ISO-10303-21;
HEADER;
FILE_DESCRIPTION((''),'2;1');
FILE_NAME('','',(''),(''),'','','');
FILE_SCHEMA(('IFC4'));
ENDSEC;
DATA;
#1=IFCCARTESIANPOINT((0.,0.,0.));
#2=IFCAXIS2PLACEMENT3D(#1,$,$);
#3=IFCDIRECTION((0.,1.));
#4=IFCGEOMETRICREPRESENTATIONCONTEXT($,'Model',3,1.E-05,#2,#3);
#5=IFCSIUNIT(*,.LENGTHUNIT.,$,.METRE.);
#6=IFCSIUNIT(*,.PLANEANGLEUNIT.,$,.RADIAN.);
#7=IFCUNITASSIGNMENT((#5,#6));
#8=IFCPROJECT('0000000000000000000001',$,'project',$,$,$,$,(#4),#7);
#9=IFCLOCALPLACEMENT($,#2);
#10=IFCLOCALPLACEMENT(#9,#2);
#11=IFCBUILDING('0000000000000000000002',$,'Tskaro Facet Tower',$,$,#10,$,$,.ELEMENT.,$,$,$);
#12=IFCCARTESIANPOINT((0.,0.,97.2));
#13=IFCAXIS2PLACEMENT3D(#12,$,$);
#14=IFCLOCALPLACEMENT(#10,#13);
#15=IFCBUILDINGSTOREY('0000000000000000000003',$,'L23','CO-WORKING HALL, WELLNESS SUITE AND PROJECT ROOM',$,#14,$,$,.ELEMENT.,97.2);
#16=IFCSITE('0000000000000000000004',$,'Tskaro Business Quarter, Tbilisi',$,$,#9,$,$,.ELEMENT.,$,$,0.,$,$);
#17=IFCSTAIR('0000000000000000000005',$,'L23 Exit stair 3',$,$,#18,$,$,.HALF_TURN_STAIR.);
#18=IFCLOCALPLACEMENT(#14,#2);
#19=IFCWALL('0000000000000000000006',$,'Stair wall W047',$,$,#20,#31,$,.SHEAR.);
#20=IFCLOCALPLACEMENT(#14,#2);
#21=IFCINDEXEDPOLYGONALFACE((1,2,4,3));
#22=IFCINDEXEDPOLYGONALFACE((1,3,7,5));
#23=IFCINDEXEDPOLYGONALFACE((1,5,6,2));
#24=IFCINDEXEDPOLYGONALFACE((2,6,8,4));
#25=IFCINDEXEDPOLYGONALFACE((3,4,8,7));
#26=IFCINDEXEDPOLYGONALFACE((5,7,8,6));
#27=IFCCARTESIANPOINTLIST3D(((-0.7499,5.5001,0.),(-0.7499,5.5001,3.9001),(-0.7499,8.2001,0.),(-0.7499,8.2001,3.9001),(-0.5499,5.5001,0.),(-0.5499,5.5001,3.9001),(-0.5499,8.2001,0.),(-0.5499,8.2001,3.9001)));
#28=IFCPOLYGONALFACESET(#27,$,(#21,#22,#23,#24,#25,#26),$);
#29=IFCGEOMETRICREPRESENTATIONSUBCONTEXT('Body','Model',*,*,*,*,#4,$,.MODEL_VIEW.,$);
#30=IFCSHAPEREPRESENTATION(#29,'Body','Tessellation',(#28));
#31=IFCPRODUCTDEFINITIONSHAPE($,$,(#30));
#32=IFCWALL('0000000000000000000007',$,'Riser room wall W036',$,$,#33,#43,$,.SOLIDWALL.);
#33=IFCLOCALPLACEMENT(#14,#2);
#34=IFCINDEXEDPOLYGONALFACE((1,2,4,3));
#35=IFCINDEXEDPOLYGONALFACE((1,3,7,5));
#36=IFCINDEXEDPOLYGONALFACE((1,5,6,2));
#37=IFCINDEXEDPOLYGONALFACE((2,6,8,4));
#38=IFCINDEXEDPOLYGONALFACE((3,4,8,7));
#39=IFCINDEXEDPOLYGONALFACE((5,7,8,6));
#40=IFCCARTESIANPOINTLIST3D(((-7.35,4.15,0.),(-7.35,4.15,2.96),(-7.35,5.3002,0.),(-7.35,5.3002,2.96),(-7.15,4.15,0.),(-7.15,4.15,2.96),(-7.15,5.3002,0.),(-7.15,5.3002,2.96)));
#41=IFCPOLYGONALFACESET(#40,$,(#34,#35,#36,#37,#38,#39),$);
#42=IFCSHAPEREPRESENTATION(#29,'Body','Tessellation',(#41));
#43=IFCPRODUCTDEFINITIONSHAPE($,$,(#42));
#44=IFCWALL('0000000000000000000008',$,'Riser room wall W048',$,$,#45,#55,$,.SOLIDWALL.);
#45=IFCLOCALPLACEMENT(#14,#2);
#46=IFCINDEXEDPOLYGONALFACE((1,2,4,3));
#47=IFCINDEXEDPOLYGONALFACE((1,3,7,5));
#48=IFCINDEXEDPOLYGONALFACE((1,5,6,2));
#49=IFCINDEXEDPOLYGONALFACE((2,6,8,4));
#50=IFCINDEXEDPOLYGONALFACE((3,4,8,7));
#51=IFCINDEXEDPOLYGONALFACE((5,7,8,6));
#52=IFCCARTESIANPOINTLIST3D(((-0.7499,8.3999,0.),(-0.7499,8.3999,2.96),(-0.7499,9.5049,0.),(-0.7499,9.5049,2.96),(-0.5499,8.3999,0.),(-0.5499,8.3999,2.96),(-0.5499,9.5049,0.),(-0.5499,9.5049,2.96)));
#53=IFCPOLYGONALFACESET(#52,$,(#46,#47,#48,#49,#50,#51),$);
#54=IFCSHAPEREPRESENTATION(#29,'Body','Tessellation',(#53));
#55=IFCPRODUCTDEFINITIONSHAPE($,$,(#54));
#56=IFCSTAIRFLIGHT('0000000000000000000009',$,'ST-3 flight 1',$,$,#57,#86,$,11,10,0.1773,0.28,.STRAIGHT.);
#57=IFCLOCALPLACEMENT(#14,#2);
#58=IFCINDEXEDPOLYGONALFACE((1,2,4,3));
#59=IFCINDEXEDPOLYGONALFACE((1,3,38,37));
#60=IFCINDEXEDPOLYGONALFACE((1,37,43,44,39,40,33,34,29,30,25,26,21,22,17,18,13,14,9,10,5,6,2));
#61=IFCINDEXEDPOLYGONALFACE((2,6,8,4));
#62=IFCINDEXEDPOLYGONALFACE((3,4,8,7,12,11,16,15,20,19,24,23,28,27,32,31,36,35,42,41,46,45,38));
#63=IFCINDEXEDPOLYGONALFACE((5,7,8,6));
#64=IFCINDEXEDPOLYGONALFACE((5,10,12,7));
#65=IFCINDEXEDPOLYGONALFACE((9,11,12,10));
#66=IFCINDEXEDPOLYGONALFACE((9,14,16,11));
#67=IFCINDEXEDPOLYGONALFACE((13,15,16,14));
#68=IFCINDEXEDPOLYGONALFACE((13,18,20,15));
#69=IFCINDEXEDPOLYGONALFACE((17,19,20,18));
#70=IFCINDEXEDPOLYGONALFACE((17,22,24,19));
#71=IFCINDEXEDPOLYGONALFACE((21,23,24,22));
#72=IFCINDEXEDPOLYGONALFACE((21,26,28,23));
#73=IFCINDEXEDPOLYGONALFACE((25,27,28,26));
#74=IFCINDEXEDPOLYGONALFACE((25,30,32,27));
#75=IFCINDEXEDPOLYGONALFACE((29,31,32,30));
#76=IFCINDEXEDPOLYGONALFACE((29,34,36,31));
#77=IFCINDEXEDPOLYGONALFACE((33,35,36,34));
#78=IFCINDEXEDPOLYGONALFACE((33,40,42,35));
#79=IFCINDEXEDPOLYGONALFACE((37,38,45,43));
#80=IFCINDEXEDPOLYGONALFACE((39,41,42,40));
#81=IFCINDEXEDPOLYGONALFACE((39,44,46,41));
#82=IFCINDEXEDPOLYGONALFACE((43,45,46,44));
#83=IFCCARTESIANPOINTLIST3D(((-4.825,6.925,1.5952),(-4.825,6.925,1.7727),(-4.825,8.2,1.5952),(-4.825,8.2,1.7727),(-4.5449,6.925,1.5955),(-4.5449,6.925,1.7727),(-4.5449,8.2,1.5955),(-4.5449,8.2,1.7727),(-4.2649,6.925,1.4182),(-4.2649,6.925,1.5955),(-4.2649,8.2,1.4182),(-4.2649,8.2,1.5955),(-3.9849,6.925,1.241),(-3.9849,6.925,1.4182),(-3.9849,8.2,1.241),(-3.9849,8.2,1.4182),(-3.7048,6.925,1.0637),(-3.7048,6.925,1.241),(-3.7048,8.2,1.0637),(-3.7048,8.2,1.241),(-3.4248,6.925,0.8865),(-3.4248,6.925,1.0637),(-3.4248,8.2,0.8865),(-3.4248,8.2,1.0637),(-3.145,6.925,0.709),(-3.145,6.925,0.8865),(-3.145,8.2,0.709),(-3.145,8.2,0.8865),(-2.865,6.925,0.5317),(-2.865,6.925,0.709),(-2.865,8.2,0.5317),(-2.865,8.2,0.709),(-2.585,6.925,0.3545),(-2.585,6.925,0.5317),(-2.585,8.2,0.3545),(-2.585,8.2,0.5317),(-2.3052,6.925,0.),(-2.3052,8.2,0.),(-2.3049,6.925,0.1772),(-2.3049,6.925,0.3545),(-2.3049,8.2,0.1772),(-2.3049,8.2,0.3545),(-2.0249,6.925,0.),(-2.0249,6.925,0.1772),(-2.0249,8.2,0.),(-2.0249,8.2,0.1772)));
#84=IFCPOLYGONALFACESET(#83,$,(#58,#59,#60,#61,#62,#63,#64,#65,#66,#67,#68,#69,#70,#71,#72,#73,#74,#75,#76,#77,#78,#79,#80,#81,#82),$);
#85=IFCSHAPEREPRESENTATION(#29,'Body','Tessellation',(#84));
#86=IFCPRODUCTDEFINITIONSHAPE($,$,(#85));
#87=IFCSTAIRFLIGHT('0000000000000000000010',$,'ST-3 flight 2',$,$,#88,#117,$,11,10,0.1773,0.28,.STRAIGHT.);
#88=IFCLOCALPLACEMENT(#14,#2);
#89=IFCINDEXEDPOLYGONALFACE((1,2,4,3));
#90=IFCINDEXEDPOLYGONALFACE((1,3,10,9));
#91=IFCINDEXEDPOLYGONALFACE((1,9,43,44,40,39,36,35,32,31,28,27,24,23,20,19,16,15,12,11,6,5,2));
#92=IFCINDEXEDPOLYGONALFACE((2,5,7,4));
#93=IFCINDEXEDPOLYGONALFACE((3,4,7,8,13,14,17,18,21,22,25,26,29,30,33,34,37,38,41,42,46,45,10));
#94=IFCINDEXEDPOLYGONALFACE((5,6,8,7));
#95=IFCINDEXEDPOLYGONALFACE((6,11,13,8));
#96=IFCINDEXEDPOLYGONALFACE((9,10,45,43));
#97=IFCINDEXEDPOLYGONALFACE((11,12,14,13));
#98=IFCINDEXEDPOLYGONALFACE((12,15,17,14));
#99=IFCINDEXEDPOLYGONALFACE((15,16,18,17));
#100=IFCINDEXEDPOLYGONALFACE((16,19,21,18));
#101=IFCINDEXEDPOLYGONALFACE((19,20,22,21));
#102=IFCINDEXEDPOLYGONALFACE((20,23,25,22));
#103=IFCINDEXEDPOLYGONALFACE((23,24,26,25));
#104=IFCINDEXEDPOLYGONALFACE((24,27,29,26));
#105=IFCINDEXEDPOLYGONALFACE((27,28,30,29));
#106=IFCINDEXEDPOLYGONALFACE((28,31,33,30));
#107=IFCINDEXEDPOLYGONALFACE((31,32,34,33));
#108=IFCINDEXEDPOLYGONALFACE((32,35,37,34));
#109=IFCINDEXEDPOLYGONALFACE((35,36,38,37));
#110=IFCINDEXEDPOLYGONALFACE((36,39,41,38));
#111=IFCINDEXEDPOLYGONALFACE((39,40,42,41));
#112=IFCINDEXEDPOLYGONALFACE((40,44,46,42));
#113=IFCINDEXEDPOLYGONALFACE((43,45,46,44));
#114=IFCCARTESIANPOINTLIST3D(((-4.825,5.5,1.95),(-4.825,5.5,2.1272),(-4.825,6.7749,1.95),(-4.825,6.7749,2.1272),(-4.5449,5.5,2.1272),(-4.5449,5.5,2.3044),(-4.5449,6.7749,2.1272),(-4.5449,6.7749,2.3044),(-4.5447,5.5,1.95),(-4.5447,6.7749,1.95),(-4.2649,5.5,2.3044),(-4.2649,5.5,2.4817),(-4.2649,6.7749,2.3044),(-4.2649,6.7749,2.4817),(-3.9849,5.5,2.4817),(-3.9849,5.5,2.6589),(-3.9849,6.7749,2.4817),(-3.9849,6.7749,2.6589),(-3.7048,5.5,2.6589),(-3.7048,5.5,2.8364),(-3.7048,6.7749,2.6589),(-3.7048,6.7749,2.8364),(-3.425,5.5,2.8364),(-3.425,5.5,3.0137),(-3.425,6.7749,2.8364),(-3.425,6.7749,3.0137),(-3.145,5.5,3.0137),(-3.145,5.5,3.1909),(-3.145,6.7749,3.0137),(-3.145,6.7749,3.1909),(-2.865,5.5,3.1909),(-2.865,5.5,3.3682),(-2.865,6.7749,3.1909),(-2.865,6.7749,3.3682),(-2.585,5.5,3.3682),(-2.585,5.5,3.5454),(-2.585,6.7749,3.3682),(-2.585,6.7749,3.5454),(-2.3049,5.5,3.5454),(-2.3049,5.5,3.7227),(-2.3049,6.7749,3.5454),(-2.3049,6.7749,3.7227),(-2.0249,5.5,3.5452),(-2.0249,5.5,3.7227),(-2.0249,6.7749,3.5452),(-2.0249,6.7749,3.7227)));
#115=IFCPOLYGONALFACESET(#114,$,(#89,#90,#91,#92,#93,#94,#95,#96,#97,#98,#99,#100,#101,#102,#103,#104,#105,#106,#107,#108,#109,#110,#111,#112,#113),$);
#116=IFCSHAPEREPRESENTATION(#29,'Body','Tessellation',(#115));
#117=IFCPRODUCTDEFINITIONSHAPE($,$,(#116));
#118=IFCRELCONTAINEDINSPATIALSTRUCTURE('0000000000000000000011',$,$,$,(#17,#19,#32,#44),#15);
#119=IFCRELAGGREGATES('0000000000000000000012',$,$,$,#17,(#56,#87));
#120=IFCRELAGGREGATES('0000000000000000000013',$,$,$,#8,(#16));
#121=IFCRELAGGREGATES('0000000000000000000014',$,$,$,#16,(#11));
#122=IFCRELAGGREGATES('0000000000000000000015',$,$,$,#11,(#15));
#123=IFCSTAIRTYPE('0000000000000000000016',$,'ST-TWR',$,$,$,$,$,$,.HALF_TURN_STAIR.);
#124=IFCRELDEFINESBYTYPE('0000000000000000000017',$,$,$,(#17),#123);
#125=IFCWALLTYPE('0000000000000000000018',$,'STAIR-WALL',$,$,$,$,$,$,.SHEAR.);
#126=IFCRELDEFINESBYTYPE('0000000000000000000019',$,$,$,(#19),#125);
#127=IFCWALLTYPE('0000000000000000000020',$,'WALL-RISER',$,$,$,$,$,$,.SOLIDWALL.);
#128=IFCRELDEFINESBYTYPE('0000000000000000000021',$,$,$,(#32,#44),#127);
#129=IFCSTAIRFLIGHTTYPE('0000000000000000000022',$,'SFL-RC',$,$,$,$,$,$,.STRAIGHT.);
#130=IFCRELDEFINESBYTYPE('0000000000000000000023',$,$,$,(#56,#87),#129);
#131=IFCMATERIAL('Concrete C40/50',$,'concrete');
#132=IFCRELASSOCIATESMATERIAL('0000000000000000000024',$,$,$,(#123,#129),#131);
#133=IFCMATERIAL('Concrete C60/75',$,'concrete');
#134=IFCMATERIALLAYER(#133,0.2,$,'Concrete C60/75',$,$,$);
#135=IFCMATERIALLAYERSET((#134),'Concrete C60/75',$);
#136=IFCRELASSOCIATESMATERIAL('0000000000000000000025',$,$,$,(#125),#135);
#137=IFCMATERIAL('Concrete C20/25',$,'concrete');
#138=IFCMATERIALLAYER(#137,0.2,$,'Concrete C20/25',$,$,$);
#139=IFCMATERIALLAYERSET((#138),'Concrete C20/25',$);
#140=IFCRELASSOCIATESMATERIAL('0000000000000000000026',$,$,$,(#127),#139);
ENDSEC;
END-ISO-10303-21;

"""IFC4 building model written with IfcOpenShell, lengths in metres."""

from ifc_helpers import new_model, si_unit, direction, frame, frame_2d, origin, place, context, subcontext, project, spatial, polyline, rectangle, outline, extrude, material, layer, layer_set, type_object, element, aggregate, save


model = new_model("IFC4")

# Units and contexts
model_context = context("Model", 3, precision=1e-05, world=origin(), true_north=direction((0.0, 1.0)))
body_context = subcontext(model_context, "Body", "Model", "MODEL_VIEW")
ifc_project = project(units=[si_unit("LENGTHUNIT", "METRE"), si_unit("PLANEANGLEUNIT", "RADIAN")], contexts=[model_context])

# Site, building, storey
site_placement = place(None, origin())
site = spatial("IfcSite", under=ifc_project, at=site_placement, Name="Tskaro Business Quarter, Tbilisi", CompositionType="ELEMENT", RefElevation=0.0)
building_placement = place(site_placement, origin())
building = spatial("IfcBuilding", under=site, at=building_placement, Name="Tskaro Facet Tower", CompositionType="ELEMENT")
storey_placement = place(building_placement, frame((0.0, 0.0, 97.2)))
storey = spatial("IfcBuildingStorey", under=building, at=storey_placement, Name="L23", Description="CO-WORKING HALL, WELLNESS SUITE AND PROJECT ROOM", CompositionType="ELEMENT", Elevation=97.2)

# Stair
ifc_material_1 = material(Name="Concrete C40/50", Category="concrete")
stair_type = type_object("IfcStairType", Name="ST-TWR", PredefinedType="HALF_TURN_STAIR", material=ifc_material_1)
stair_1_placement = place(storey_placement, origin())
stair_1 = element("IfcStair", 1, at=stair_1_placement, inside=storey, type_object=stair_type, Name="L23 Exit stair 3", PredefinedType="HALF_TURN_STAIR")

# Shared definitions
ifc_material_2 = material(Name="Concrete C20/25", Category="concrete")

# Shared definitions
ifc_material_3 = material(Name="Concrete C60/75", Category="concrete")
ifc_layer_1 = layer(ifc_material_3, 0.2, Name="Concrete C60/75")
ifc_layer_set_1 = layer_set([ifc_layer_1], Name="Concrete C60/75")
wall_type_1 = type_object("IfcWallType", Name="STAIR-WALL", PredefinedType="SHEAR", material=ifc_layer_set_1)

# Walls
for number, where, z_axis, x_axis, name in (
    (2, (-0.6499, 5.5, 0.0), (0.0, 0.0, 1.0), (0.0, 1.0, 0.0), "Stair wall W047"),
):
    element("IfcWall", number, at=place(storey_placement, frame(where, z_axis=z_axis, x_axis=x_axis)), inside=storey, type_object=wall_type_1, Name=name, PredefinedType="SHEAR", context=body_context, shape_type="SweptSolid", body=[
        extrude(rectangle(XDim=2.7, YDim=0.2, at=frame_2d((1.3501, 0.0))), origin(), (0.0, 0.0, 1.0), 3.9001),
    ])
ifc_layer_2 = layer(ifc_material_2, 0.2, Name="Concrete C20/25")
ifc_layer_set_2 = layer_set([ifc_layer_2], Name="Concrete C20/25")
wall_type_2 = type_object("IfcWallType", Name="WALL-RISER", PredefinedType="SOLIDWALL", material=ifc_layer_set_2)
wall_1_placement = place(storey_placement, frame((-7.25, 4.1499, 0.0), z_axis=(0.0, 0.0, 1.0), x_axis=(0.0, 1.0, 0.0)))
element("IfcWall", 3, at=wall_1_placement, inside=storey, type_object=wall_type_2, Name="Riser room wall W036", PredefinedType="SOLIDWALL", context=body_context, shape_type="SweptSolid", body=[
    extrude(rectangle(XDim=1.1501, YDim=0.2, at=frame_2d((0.5752, 0.0))), origin(), (0.0, 0.0, 1.0), 2.96),
])
wall_2_placement = place(storey_placement, frame((-0.6499, 8.3999, 0.0), z_axis=(0.0, 0.0, 1.0), x_axis=(0.0, 1.0, 0.0)))
element("IfcWall", 4, at=wall_2_placement, inside=storey, type_object=wall_type_2, Name="Riser room wall W048", PredefinedType="SOLIDWALL", context=body_context, shape_type="SweptSolid", body=[
    extrude(rectangle(XDim=1.105, YDim=0.2, at=frame_2d((0.5525, 0.0))), origin(), (0.0, 0.0, 1.0), 2.96),
])

# Stair flights
stair_flight_type = type_object("IfcStairFlightType", Name="SFL-RC", PredefinedType="STRAIGHT", material=ifc_material_1)
stair_flight_1_placement = place(storey_placement, frame((-2.0249, 7.5625, 0.0), z_axis=(0.0, 0.0, 1.0), x_axis=(-1.0, 0.0, 0.0)))
stair_flight_1 = element("IfcStairFlight", 5, at=stair_flight_1_placement, type_object=stair_flight_type, Name="ST-3 flight 1", NumberOfRisers=11, NumberOfTreads=10, PredefinedType="STRAIGHT", RiserHeight=0.1773, TreadLength=0.28, context=body_context, shape_type="SweptSolid", body=[
    extrude(outline(polyline([(0.0, 0.0), (0.0, 0.1772), (0.28, 0.1772), (0.28, 0.3545), (0.5601, 0.3545), (0.5601, 0.5317), (0.8401, 0.5317), (0.8401, 0.709), (1.1201, 0.709), (1.1201, 0.8865), (1.3999, 0.8865), (1.3999, 1.0637), (1.6799, 1.0637), (1.6799, 1.241), (1.96, 1.241), (1.96, 1.4182), (2.24, 1.4182), (2.24, 1.5955), (2.52, 1.5955), (2.52, 1.7727), (2.8, 1.7727), (2.8, 1.95), (2.8, 1.5952), (0.2803, 0.0), (0.0, 0.0)])), frame((0.0, 0.6375, 0.0), z_axis=(0.0, -1.0, 0.0), x_axis=(1.0, 0.0, 0.0)), (0.0, 0.0, 1.0), 1.2749),
])
stair_flight_2_placement = place(storey_placement, frame((-4.825, 6.1375, 1.95), z_axis=(0.0, 0.0, 1.0), x_axis=(1.0, 0.0, 0.0)))
stair_flight_2 = element("IfcStairFlight", 6, at=stair_flight_2_placement, type_object=stair_flight_type, Name="ST-3 flight 2", NumberOfRisers=11, NumberOfTreads=10, PredefinedType="STRAIGHT", RiserHeight=0.1773, TreadLength=0.28, context=body_context, shape_type="SweptSolid", body=[
    extrude(outline(polyline([(0.0, 0.0), (0.0, 0.1772), (0.28, 0.1772), (0.28, 0.3545), (0.5601, 0.3545), (0.5601, 0.5317), (0.8401, 0.5317), (0.8401, 0.709), (1.1201, 0.709), (1.1201, 0.8865), (1.3999, 0.8865), (1.3999, 1.0637), (1.6799, 1.0637), (1.6799, 1.241), (1.96, 1.241), (1.96, 1.4182), (2.24, 1.4182), (2.24, 1.5955), (2.52, 1.5955), (2.52, 1.7727), (2.8, 1.7727), (2.8, 1.95), (2.8, 1.5952), (0.2803, 0.0), (0.0, 0.0)])), frame((0.0, 0.6375, 0.0), z_axis=(0.0, -1.0, 0.0), x_axis=(1.0, 0.0, 0.0)), (0.0, 0.0, 1.0), 1.2749),
])
aggregate(stair_1, [stair_flight_1, stair_flight_2])

save(model, "model.ifc")
